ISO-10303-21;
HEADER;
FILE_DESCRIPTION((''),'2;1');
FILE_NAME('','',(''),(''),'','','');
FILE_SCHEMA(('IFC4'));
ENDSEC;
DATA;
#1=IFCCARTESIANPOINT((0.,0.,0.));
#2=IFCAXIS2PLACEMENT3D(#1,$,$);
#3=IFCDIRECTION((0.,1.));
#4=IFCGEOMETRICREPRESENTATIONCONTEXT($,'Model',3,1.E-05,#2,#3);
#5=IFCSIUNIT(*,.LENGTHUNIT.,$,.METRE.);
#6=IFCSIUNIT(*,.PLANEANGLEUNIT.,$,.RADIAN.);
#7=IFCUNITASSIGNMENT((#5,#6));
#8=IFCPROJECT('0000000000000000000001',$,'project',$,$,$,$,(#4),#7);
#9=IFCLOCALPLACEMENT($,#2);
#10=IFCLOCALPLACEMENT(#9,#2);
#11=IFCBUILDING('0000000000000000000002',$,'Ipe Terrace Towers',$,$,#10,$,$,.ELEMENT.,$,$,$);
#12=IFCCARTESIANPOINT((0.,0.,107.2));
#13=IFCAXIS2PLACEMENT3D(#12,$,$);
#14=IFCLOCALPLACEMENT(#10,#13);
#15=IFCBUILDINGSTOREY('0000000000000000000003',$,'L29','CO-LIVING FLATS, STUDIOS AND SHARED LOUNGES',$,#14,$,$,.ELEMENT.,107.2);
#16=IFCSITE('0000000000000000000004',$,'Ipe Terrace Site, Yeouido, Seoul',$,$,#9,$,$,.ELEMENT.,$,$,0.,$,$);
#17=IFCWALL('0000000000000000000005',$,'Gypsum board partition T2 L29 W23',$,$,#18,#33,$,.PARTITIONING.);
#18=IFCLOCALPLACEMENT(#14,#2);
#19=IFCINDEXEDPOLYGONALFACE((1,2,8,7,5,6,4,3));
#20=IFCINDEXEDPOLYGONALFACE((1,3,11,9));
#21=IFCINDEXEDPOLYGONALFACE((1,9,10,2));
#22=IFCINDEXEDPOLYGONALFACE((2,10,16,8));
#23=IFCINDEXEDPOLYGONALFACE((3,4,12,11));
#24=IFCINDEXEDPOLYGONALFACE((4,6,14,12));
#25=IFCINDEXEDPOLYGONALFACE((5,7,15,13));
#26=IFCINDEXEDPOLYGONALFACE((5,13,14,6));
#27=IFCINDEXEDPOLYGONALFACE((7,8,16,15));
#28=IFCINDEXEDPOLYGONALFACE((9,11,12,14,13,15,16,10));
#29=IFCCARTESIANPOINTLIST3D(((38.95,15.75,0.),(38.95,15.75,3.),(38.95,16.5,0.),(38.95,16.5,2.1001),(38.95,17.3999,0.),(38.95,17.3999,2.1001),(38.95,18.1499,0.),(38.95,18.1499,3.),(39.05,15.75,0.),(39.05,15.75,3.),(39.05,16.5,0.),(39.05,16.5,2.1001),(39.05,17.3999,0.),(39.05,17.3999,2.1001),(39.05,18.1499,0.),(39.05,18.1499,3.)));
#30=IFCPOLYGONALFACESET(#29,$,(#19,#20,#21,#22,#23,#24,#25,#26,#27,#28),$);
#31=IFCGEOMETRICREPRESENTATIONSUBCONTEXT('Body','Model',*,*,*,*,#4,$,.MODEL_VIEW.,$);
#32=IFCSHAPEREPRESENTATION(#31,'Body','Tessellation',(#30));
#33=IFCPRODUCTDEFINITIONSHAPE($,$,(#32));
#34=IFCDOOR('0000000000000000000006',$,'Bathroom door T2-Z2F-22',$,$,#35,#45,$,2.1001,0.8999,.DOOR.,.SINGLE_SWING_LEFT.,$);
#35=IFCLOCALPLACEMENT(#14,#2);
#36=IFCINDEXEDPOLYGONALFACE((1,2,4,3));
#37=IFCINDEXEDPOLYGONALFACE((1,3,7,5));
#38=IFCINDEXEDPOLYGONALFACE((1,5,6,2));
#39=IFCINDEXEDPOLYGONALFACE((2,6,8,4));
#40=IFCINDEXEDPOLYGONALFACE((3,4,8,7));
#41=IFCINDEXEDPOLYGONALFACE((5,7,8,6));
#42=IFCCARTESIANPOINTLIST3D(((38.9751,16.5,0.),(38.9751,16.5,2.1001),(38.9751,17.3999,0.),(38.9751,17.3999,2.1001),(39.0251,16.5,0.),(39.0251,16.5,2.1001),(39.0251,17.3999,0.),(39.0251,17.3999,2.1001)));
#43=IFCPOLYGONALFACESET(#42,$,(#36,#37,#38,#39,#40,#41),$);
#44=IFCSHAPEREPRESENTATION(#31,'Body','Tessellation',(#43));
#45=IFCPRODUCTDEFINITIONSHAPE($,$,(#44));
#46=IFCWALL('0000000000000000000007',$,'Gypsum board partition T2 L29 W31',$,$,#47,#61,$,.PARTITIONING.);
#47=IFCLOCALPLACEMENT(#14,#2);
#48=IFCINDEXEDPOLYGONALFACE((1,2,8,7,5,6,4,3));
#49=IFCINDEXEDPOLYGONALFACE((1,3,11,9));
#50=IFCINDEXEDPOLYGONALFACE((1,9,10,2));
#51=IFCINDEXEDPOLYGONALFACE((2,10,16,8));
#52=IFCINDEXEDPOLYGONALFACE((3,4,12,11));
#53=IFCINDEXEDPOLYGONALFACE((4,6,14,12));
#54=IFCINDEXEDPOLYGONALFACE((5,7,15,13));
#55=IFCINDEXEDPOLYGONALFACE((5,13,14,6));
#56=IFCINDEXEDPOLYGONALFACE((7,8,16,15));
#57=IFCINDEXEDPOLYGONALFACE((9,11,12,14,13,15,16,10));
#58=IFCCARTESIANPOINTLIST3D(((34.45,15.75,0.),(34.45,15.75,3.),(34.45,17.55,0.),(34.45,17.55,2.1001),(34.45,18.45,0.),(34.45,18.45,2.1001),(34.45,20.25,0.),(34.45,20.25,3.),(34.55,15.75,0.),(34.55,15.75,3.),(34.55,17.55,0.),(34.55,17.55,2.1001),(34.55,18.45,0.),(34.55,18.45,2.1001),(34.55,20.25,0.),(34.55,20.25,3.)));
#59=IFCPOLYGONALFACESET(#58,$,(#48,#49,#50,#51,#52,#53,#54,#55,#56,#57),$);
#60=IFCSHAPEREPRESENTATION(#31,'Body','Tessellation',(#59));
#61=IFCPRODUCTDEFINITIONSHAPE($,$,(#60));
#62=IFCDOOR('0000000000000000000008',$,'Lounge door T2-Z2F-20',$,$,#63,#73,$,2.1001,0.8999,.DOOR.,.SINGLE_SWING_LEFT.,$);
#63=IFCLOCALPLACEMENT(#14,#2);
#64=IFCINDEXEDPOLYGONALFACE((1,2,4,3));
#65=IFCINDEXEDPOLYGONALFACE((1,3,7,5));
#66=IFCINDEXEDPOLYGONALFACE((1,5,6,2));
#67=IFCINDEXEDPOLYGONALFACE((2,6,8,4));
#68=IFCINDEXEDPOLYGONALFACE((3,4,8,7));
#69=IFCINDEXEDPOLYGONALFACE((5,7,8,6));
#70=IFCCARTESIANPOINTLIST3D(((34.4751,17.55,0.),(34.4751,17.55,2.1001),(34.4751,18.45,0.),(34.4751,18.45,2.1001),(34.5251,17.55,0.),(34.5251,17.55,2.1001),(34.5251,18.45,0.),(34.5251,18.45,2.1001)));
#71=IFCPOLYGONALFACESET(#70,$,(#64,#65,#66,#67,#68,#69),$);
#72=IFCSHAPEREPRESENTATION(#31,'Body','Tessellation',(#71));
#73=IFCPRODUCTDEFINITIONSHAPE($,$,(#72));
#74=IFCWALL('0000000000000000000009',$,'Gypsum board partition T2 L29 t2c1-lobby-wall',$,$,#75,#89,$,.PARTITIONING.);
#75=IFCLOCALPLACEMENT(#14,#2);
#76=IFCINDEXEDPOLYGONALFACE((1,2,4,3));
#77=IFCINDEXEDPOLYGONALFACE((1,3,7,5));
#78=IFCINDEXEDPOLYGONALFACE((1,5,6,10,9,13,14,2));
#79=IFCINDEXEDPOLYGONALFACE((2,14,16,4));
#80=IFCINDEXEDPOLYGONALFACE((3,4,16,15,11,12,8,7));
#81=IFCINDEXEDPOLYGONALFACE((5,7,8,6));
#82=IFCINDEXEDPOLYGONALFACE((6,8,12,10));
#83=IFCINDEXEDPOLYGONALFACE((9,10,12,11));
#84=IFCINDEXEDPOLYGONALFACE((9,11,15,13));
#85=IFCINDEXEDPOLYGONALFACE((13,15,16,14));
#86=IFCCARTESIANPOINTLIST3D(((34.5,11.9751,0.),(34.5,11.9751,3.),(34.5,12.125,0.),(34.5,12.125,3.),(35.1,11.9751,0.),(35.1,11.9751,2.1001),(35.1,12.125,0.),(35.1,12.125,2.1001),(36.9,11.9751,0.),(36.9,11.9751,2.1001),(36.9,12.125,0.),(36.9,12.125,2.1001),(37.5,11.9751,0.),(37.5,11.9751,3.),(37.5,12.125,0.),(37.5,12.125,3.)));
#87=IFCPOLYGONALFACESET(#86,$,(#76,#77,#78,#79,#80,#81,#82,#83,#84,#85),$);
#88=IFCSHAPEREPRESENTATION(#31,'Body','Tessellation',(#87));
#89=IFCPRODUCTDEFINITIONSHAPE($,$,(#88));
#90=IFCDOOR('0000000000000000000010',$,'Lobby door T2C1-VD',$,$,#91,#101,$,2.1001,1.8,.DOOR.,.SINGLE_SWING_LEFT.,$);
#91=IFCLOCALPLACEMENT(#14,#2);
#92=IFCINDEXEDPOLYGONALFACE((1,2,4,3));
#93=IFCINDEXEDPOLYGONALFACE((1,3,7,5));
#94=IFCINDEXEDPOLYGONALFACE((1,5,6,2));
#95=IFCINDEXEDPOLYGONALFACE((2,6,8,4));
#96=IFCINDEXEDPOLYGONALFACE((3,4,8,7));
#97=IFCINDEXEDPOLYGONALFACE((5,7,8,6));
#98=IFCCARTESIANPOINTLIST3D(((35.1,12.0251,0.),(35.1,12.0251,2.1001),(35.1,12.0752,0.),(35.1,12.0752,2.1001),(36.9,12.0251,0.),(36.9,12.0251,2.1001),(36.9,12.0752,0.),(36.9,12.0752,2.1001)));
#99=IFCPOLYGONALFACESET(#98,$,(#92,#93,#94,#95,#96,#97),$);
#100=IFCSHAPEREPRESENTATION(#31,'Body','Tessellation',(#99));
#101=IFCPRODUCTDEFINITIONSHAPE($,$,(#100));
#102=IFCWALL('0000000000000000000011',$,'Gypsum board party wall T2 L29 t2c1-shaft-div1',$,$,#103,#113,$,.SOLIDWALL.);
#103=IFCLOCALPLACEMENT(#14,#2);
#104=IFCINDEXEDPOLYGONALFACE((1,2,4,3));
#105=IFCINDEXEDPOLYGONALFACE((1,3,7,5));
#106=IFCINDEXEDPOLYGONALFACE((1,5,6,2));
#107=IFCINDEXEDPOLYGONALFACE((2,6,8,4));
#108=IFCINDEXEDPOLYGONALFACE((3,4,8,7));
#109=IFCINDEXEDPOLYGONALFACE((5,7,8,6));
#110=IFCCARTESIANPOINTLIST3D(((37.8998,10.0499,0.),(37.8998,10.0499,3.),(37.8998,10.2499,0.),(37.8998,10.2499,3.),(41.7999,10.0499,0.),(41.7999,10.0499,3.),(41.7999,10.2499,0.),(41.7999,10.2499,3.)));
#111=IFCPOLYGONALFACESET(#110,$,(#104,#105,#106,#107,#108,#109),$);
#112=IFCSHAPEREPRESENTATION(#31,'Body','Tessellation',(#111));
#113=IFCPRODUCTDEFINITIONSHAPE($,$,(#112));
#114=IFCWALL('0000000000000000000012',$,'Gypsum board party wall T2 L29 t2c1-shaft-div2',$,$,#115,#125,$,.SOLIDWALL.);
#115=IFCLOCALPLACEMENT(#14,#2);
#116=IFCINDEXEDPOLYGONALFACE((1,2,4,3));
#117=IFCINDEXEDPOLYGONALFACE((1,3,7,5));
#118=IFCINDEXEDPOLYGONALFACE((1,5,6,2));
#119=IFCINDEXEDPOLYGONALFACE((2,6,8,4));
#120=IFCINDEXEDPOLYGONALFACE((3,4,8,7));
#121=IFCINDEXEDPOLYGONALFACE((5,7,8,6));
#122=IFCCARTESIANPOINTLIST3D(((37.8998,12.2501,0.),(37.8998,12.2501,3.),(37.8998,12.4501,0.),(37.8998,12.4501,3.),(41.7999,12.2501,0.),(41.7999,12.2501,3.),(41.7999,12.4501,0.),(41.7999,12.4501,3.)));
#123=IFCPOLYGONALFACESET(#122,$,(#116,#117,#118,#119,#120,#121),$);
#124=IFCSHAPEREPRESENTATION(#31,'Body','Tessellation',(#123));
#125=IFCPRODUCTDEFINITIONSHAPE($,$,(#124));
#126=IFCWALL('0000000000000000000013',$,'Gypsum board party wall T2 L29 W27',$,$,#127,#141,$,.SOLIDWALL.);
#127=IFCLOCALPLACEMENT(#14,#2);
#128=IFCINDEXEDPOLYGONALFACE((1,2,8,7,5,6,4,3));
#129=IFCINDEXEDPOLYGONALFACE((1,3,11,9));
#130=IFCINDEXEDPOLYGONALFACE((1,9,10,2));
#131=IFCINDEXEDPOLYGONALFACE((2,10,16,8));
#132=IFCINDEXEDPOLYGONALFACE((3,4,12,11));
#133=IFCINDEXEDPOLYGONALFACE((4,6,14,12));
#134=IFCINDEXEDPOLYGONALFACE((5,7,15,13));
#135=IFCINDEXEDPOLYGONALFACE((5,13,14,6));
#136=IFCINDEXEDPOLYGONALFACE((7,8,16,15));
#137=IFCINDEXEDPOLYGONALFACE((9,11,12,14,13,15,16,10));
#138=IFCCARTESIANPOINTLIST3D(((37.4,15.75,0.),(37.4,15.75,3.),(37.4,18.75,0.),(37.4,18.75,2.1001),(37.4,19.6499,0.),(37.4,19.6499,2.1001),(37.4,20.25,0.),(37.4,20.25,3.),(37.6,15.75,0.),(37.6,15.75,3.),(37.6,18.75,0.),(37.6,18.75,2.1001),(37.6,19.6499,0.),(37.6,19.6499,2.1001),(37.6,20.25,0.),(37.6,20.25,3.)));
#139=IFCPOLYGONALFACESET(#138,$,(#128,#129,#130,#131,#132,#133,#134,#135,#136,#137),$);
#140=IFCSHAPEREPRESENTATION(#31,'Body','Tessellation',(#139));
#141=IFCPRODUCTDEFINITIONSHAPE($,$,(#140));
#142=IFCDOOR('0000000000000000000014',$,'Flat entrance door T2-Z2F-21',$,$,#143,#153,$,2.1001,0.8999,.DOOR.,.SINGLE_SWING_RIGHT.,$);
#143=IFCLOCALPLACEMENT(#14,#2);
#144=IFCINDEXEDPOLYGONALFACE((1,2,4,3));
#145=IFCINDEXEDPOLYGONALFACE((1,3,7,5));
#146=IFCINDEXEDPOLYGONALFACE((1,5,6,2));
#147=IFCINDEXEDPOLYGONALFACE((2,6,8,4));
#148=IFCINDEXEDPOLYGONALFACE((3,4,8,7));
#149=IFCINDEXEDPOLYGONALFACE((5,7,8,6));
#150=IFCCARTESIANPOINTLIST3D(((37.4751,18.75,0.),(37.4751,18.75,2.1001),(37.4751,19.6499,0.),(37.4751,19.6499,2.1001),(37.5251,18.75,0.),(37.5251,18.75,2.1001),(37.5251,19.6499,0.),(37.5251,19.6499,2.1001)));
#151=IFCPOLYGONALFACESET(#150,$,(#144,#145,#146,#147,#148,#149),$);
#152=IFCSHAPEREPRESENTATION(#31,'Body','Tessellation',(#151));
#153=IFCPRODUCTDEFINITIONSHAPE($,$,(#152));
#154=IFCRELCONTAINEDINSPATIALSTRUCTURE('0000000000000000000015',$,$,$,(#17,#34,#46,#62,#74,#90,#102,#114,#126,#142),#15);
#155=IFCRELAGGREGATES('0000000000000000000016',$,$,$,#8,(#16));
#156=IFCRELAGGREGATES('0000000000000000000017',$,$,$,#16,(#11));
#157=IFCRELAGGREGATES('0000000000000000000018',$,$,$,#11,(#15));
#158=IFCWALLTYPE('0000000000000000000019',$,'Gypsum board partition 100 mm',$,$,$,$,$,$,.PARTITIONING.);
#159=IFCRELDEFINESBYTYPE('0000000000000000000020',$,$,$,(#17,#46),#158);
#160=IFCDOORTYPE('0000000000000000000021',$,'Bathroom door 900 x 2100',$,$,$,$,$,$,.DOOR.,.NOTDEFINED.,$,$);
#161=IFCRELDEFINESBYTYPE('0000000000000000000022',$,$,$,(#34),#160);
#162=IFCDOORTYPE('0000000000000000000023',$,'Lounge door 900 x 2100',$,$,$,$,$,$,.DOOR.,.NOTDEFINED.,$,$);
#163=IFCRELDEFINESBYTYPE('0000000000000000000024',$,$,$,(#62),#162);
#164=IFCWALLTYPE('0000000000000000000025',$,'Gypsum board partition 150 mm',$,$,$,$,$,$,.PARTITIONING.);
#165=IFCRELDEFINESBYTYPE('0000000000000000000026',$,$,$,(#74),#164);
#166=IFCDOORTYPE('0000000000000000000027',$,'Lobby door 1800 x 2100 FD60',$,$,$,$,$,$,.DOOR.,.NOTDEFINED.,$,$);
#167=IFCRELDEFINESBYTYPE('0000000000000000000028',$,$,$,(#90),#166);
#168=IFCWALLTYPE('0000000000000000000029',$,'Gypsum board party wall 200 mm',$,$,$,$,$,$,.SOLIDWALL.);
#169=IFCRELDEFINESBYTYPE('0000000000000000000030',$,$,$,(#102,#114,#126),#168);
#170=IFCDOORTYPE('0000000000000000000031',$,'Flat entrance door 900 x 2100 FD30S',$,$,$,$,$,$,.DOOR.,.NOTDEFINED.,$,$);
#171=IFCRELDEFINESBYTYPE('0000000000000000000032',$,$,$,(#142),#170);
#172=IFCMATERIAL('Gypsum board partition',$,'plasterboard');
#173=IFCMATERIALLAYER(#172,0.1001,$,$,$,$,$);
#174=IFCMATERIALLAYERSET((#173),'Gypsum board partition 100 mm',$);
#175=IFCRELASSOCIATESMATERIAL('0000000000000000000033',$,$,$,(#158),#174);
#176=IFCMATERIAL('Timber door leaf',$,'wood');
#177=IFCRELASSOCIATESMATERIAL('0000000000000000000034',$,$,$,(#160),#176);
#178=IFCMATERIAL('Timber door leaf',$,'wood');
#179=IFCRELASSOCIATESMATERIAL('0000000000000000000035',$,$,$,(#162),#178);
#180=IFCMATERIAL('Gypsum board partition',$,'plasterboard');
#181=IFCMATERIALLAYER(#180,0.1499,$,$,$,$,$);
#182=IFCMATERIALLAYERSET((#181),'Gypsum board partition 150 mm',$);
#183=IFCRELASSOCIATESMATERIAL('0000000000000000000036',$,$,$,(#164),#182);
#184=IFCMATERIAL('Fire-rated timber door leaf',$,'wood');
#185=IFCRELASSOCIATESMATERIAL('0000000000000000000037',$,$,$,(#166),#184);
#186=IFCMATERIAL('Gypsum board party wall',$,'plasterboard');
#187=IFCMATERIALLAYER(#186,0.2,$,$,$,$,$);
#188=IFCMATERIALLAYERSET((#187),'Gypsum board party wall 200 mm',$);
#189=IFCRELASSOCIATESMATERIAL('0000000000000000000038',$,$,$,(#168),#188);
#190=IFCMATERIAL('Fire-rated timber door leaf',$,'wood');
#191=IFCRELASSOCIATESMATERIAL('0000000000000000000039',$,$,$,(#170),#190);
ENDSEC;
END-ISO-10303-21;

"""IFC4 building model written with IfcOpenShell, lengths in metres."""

from ifc_helpers import new_model, si_unit, direction, frame, frame_2d, origin, place, context, subcontext, project, spatial, rectangle, extrude, material, layer, layer_set, type_object, element, fill, save


model = new_model("IFC4")

# Units and contexts
model_context = context("Model", 3, precision=1e-05, world=origin(), true_north=direction((0.0, 1.0)))
body_context = subcontext(model_context, "Body", "Model", "MODEL_VIEW")
ifc_project = project(units=[si_unit("LENGTHUNIT", "METRE"), si_unit("PLANEANGLEUNIT", "RADIAN")], contexts=[model_context])

# Site, building, storey
site_placement = place(None, origin())
site = spatial("IfcSite", under=ifc_project, at=site_placement, Name="Ipe Terrace Site, Yeouido, Seoul", CompositionType="ELEMENT", RefElevation=0.0)
building_placement = place(site_placement, origin())
building = spatial("IfcBuilding", under=site, at=building_placement, Name="Ipe Terrace Towers", CompositionType="ELEMENT")
storey_placement = place(building_placement, frame((0.0, 0.0, 107.2)))
storey = spatial("IfcBuildingStorey", under=building, at=storey_placement, Name="L29", Description="CO-LIVING FLATS, STUDIOS AND SHARED LOUNGES", CompositionType="ELEMENT", Elevation=107.2)

# Walls, openings, doors
ifc_material_1 = material(Name="Gypsum board partition", Category="plasterboard")
ifc_layer_1 = layer(ifc_material_1, 0.1001)
ifc_layer_set_1 = layer_set([ifc_layer_1], Name="Gypsum board partition 100 mm")
wall_type_1 = type_object("IfcWallType", Name="Gypsum board partition 100 mm", PredefinedType="PARTITIONING", material=ifc_layer_set_1)
wall_1_placement = place(storey_placement, frame((39.0, 15.75, 0.0), z_axis=(0.0, 0.0, 1.0), x_axis=(0.0, 1.0, 0.0)))
wall_1 = element("IfcWall", 1, at=wall_1_placement, inside=storey, type_object=wall_type_1, Name="Gypsum board partition T2 L29 W23", PredefinedType="PARTITIONING", context=body_context, shape_type="SweptSolid", body=[
    extrude(rectangle(XDim=2.3999, YDim=0.1001, at=frame_2d((1.2, 0.0))), origin(), (0.0, 0.0, 1.0), 3.0),
])
opening_1_placement = place(wall_1_placement, frame((0.75, 0.0, 0.0)))
opening_1 = element("IfcOpeningElement", 2, at=opening_1_placement, cuts=wall_1, PredefinedType="OPENING", context=body_context, shape_type="SweptSolid", body=[
    extrude(rectangle(XDim=0.8999, YDim=2.1001, at=frame_2d((0.45, 1.05))), frame((0.0, 0.0601, 0.0), z_axis=(0.0, -1.0, 0.0), x_axis=(1.0, 0.0, 0.0)), (0.0, 0.0, 1.0), 0.1201),
])
ifc_material_2 = material(Name="Timber door leaf", Category="wood")
door_type_1 = type_object("IfcDoorType", Name="Bathroom door 900 x 2100", OperationType="NOTDEFINED", PredefinedType="DOOR", material=ifc_material_2)
door_1_placement = place(opening_1_placement, origin())
door_1 = element("IfcDoor", 3, at=door_1_placement, inside=storey, type_object=door_type_1, Name="Bathroom door T2-Z2F-22", OperationType="SINGLE_SWING_LEFT", OverallHeight=2.1001, OverallWidth=0.8999, PredefinedType="DOOR", context=body_context, shape_type="SweptSolid", body=[
    extrude(rectangle(XDim=0.8999, YDim=2.1001, at=frame_2d((0.45, 1.05))), frame((0.0, 0.0249, 0.0), z_axis=(0.0, -1.0, 0.0), x_axis=(1.0, 0.0, 0.0)), (0.0, 0.0, 1.0), 0.05),
])
fill(opening_1, door_1)
wall_2_placement = place(storey_placement, frame((34.5, 15.75, 0.0), z_axis=(0.0, 0.0, 1.0), x_axis=(0.0, 1.0, 0.0)))
wall_2 = element("IfcWall", 4, at=wall_2_placement, inside=storey, type_object=wall_type_1, Name="Gypsum board partition T2 L29 W31", PredefinedType="PARTITIONING", context=body_context, shape_type="SweptSolid", body=[
    extrude(rectangle(XDim=4.5, YDim=0.1001, at=frame_2d((2.25, 0.0))), origin(), (0.0, 0.0, 1.0), 3.0),
])
opening_2_placement = place(wall_2_placement, frame((1.8, 0.0, 0.0)))
opening_2 = element("IfcOpeningElement", 5, at=opening_2_placement, cuts=wall_2, PredefinedType="OPENING", context=body_context, shape_type="SweptSolid", body=[
    extrude(rectangle(XDim=0.8999, YDim=2.1001, at=frame_2d((0.45, 1.05))), frame((0.0, 0.0601, 0.0), z_axis=(0.0, -1.0, 0.0), x_axis=(1.0, 0.0, 0.0)), (0.0, 0.0, 1.0), 0.1201),
])
ifc_material_3 = material(Name="Timber door leaf", Category="wood")
door_type_2 = type_object("IfcDoorType", Name="Lounge door 900 x 2100", OperationType="NOTDEFINED", PredefinedType="DOOR", material=ifc_material_3)
door_2_placement = place(opening_2_placement, origin())
door_2 = element("IfcDoor", 6, at=door_2_placement, inside=storey, type_object=door_type_2, Name="Lounge door T2-Z2F-20", OperationType="SINGLE_SWING_LEFT", OverallHeight=2.1001, OverallWidth=0.8999, PredefinedType="DOOR", context=body_context, shape_type="SweptSolid", body=[
    extrude(rectangle(XDim=0.8999, YDim=2.1001, at=frame_2d((0.45, 1.05))), frame((0.0, 0.0249, 0.0), z_axis=(0.0, -1.0, 0.0), x_axis=(1.0, 0.0, 0.0)), (0.0, 0.0, 1.0), 0.05),
])
fill(opening_2, door_2)
ifc_material_4 = material(Name="Gypsum board partition", Category="plasterboard")
ifc_layer_2 = layer(ifc_material_4, 0.1499)
ifc_layer_set_2 = layer_set([ifc_layer_2], Name="Gypsum board partition 150 mm")
wall_type_2 = type_object("IfcWallType", Name="Gypsum board partition 150 mm", PredefinedType="PARTITIONING", material=ifc_layer_set_2)
wall_3_placement = place(storey_placement, frame((37.5, 12.05, 0.0), z_axis=(0.0, 0.0, 1.0), x_axis=(-1.0, 0.0, 0.0)))
wall_3 = element("IfcWall", 7, at=wall_3_placement, inside=storey, type_object=wall_type_2, Name="Gypsum board partition T2 L29 t2c1-lobby-wall", PredefinedType="PARTITIONING", context=body_context, shape_type="SweptSolid", body=[
    extrude(rectangle(XDim=3.0, YDim=0.1499, at=frame_2d((1.5, 0.0))), origin(), (0.0, 0.0, 1.0), 3.0),
])
opening_3_placement = place(wall_3_placement, frame((0.6001, 0.0, 0.0)))
opening_3 = element("IfcOpeningElement", 8, at=opening_3_placement, cuts=wall_3, PredefinedType="OPENING", context=body_context, shape_type="SweptSolid", body=[
    extrude(rectangle(XDim=1.8, YDim=2.1001, at=frame_2d((0.8999, 1.05))), frame((0.0, 0.085, 0.0), z_axis=(0.0, -1.0, 0.0), x_axis=(1.0, 0.0, 0.0)), (0.0, 0.0, 1.0), 0.1699),
])
ifc_material_5 = material(Name="Fire-rated timber door leaf", Category="wood")
door_type_3 = type_object("IfcDoorType", Name="Lobby door 1800 x 2100 FD60", OperationType="NOTDEFINED", PredefinedType="DOOR", material=ifc_material_5)
door_3_placement = place(opening_3_placement, origin())
door_3 = element("IfcDoor", 9, at=door_3_placement, inside=storey, type_object=door_type_3, Name="Lobby door T2C1-VD", OperationType="SINGLE_SWING_LEFT", OverallHeight=2.1001, OverallWidth=1.8, PredefinedType="DOOR", context=body_context, shape_type="SweptSolid", body=[
    extrude(rectangle(XDim=1.8, YDim=2.1001, at=frame_2d((0.8999, 1.05))), frame((0.0, 0.0249, 0.0), z_axis=(0.0, -1.0, 0.0), x_axis=(1.0, 0.0, 0.0)), (0.0, 0.0, 1.0), 0.05),
])
fill(opening_3, door_3)

# Walls
ifc_material_6 = material(Name="Gypsum board party wall", Category="plasterboard")
ifc_layer_3 = layer(ifc_material_6, 0.2)
ifc_layer_set_3 = layer_set([ifc_layer_3], Name="Gypsum board party wall 200 mm")
wall_type_3 = type_object("IfcWallType", Name="Gypsum board party wall 200 mm", PredefinedType="SOLIDWALL", material=ifc_layer_set_3)
for number, where, z_axis, x_axis, name in (
    (10, (41.8, 10.1499, 0.0), (0.0, 0.0, 1.0), (-1.0, 0.0, 0.0), "Gypsum board party wall T2 L29 t2c1-shaft-div1"),
    (11, (41.8, 12.3501, 0.0), (0.0, 0.0, 1.0), (-1.0, 0.0, 0.0), "Gypsum board party wall T2 L29 t2c1-shaft-div2"),
):
    element("IfcWall", number, at=place(storey_placement, frame(where, z_axis=z_axis, x_axis=x_axis)), inside=storey, type_object=wall_type_3, Name=name, PredefinedType="SOLIDWALL", context=body_context, shape_type="SweptSolid", body=[
        extrude(rectangle(XDim=3.9001, YDim=0.2, at=frame_2d((1.9502, 0.0))), origin(), (0.0, 0.0, 1.0), 3.0),
    ])

# Wall, opening, door
wall_4_placement = place(storey_placement, frame((37.5, 15.75, 0.0), z_axis=(0.0, 0.0, 1.0), x_axis=(0.0, 1.0, 0.0)))
wall_4 = element("IfcWall", 12, at=wall_4_placement, inside=storey, type_object=wall_type_3, Name="Gypsum board party wall T2 L29 W27", PredefinedType="SOLIDWALL", context=body_context, shape_type="SweptSolid", body=[
    extrude(rectangle(XDim=4.5, YDim=0.2, at=frame_2d((2.25, 0.0))), origin(), (0.0, 0.0, 1.0), 3.0),
])
opening_4_placement = place(wall_4_placement, frame((3.0, 0.0, 0.0)))
opening_4 = element("IfcOpeningElement", 13, at=opening_4_placement, cuts=wall_4, PredefinedType="OPENING", context=body_context, shape_type="SweptSolid", body=[
    extrude(rectangle(XDim=0.8999, YDim=2.1001, at=frame_2d((0.45, 1.05))), frame((0.0, 0.1099, 0.0), z_axis=(0.0, -1.0, 0.0), x_axis=(1.0, 0.0, 0.0)), (0.0, 0.0, 1.0), 0.22),
])
ifc_material_7 = material(Name="Fire-rated timber door leaf", Category="wood")
door_type_4 = type_object("IfcDoorType", Name="Flat entrance door 900 x 2100 FD30S", OperationType="NOTDEFINED", PredefinedType="DOOR", material=ifc_material_7)
door_4_placement = place(opening_4_placement, origin())
door_4 = element("IfcDoor", 14, at=door_4_placement, inside=storey, type_object=door_type_4, Name="Flat entrance door T2-Z2F-21", OperationType="SINGLE_SWING_RIGHT", OverallHeight=2.1001, OverallWidth=0.8999, PredefinedType="DOOR", context=body_context, shape_type="SweptSolid", body=[
    extrude(rectangle(XDim=0.8999, YDim=2.1001, at=frame_2d((0.45, 1.05))), frame((0.0, 0.0249, 0.0), z_axis=(0.0, -1.0, 0.0), x_axis=(1.0, 0.0, 0.0)), (0.0, 0.0, 1.0), 0.05),
])
fill(opening_4, door_4)

save(model, "model.ifc")
